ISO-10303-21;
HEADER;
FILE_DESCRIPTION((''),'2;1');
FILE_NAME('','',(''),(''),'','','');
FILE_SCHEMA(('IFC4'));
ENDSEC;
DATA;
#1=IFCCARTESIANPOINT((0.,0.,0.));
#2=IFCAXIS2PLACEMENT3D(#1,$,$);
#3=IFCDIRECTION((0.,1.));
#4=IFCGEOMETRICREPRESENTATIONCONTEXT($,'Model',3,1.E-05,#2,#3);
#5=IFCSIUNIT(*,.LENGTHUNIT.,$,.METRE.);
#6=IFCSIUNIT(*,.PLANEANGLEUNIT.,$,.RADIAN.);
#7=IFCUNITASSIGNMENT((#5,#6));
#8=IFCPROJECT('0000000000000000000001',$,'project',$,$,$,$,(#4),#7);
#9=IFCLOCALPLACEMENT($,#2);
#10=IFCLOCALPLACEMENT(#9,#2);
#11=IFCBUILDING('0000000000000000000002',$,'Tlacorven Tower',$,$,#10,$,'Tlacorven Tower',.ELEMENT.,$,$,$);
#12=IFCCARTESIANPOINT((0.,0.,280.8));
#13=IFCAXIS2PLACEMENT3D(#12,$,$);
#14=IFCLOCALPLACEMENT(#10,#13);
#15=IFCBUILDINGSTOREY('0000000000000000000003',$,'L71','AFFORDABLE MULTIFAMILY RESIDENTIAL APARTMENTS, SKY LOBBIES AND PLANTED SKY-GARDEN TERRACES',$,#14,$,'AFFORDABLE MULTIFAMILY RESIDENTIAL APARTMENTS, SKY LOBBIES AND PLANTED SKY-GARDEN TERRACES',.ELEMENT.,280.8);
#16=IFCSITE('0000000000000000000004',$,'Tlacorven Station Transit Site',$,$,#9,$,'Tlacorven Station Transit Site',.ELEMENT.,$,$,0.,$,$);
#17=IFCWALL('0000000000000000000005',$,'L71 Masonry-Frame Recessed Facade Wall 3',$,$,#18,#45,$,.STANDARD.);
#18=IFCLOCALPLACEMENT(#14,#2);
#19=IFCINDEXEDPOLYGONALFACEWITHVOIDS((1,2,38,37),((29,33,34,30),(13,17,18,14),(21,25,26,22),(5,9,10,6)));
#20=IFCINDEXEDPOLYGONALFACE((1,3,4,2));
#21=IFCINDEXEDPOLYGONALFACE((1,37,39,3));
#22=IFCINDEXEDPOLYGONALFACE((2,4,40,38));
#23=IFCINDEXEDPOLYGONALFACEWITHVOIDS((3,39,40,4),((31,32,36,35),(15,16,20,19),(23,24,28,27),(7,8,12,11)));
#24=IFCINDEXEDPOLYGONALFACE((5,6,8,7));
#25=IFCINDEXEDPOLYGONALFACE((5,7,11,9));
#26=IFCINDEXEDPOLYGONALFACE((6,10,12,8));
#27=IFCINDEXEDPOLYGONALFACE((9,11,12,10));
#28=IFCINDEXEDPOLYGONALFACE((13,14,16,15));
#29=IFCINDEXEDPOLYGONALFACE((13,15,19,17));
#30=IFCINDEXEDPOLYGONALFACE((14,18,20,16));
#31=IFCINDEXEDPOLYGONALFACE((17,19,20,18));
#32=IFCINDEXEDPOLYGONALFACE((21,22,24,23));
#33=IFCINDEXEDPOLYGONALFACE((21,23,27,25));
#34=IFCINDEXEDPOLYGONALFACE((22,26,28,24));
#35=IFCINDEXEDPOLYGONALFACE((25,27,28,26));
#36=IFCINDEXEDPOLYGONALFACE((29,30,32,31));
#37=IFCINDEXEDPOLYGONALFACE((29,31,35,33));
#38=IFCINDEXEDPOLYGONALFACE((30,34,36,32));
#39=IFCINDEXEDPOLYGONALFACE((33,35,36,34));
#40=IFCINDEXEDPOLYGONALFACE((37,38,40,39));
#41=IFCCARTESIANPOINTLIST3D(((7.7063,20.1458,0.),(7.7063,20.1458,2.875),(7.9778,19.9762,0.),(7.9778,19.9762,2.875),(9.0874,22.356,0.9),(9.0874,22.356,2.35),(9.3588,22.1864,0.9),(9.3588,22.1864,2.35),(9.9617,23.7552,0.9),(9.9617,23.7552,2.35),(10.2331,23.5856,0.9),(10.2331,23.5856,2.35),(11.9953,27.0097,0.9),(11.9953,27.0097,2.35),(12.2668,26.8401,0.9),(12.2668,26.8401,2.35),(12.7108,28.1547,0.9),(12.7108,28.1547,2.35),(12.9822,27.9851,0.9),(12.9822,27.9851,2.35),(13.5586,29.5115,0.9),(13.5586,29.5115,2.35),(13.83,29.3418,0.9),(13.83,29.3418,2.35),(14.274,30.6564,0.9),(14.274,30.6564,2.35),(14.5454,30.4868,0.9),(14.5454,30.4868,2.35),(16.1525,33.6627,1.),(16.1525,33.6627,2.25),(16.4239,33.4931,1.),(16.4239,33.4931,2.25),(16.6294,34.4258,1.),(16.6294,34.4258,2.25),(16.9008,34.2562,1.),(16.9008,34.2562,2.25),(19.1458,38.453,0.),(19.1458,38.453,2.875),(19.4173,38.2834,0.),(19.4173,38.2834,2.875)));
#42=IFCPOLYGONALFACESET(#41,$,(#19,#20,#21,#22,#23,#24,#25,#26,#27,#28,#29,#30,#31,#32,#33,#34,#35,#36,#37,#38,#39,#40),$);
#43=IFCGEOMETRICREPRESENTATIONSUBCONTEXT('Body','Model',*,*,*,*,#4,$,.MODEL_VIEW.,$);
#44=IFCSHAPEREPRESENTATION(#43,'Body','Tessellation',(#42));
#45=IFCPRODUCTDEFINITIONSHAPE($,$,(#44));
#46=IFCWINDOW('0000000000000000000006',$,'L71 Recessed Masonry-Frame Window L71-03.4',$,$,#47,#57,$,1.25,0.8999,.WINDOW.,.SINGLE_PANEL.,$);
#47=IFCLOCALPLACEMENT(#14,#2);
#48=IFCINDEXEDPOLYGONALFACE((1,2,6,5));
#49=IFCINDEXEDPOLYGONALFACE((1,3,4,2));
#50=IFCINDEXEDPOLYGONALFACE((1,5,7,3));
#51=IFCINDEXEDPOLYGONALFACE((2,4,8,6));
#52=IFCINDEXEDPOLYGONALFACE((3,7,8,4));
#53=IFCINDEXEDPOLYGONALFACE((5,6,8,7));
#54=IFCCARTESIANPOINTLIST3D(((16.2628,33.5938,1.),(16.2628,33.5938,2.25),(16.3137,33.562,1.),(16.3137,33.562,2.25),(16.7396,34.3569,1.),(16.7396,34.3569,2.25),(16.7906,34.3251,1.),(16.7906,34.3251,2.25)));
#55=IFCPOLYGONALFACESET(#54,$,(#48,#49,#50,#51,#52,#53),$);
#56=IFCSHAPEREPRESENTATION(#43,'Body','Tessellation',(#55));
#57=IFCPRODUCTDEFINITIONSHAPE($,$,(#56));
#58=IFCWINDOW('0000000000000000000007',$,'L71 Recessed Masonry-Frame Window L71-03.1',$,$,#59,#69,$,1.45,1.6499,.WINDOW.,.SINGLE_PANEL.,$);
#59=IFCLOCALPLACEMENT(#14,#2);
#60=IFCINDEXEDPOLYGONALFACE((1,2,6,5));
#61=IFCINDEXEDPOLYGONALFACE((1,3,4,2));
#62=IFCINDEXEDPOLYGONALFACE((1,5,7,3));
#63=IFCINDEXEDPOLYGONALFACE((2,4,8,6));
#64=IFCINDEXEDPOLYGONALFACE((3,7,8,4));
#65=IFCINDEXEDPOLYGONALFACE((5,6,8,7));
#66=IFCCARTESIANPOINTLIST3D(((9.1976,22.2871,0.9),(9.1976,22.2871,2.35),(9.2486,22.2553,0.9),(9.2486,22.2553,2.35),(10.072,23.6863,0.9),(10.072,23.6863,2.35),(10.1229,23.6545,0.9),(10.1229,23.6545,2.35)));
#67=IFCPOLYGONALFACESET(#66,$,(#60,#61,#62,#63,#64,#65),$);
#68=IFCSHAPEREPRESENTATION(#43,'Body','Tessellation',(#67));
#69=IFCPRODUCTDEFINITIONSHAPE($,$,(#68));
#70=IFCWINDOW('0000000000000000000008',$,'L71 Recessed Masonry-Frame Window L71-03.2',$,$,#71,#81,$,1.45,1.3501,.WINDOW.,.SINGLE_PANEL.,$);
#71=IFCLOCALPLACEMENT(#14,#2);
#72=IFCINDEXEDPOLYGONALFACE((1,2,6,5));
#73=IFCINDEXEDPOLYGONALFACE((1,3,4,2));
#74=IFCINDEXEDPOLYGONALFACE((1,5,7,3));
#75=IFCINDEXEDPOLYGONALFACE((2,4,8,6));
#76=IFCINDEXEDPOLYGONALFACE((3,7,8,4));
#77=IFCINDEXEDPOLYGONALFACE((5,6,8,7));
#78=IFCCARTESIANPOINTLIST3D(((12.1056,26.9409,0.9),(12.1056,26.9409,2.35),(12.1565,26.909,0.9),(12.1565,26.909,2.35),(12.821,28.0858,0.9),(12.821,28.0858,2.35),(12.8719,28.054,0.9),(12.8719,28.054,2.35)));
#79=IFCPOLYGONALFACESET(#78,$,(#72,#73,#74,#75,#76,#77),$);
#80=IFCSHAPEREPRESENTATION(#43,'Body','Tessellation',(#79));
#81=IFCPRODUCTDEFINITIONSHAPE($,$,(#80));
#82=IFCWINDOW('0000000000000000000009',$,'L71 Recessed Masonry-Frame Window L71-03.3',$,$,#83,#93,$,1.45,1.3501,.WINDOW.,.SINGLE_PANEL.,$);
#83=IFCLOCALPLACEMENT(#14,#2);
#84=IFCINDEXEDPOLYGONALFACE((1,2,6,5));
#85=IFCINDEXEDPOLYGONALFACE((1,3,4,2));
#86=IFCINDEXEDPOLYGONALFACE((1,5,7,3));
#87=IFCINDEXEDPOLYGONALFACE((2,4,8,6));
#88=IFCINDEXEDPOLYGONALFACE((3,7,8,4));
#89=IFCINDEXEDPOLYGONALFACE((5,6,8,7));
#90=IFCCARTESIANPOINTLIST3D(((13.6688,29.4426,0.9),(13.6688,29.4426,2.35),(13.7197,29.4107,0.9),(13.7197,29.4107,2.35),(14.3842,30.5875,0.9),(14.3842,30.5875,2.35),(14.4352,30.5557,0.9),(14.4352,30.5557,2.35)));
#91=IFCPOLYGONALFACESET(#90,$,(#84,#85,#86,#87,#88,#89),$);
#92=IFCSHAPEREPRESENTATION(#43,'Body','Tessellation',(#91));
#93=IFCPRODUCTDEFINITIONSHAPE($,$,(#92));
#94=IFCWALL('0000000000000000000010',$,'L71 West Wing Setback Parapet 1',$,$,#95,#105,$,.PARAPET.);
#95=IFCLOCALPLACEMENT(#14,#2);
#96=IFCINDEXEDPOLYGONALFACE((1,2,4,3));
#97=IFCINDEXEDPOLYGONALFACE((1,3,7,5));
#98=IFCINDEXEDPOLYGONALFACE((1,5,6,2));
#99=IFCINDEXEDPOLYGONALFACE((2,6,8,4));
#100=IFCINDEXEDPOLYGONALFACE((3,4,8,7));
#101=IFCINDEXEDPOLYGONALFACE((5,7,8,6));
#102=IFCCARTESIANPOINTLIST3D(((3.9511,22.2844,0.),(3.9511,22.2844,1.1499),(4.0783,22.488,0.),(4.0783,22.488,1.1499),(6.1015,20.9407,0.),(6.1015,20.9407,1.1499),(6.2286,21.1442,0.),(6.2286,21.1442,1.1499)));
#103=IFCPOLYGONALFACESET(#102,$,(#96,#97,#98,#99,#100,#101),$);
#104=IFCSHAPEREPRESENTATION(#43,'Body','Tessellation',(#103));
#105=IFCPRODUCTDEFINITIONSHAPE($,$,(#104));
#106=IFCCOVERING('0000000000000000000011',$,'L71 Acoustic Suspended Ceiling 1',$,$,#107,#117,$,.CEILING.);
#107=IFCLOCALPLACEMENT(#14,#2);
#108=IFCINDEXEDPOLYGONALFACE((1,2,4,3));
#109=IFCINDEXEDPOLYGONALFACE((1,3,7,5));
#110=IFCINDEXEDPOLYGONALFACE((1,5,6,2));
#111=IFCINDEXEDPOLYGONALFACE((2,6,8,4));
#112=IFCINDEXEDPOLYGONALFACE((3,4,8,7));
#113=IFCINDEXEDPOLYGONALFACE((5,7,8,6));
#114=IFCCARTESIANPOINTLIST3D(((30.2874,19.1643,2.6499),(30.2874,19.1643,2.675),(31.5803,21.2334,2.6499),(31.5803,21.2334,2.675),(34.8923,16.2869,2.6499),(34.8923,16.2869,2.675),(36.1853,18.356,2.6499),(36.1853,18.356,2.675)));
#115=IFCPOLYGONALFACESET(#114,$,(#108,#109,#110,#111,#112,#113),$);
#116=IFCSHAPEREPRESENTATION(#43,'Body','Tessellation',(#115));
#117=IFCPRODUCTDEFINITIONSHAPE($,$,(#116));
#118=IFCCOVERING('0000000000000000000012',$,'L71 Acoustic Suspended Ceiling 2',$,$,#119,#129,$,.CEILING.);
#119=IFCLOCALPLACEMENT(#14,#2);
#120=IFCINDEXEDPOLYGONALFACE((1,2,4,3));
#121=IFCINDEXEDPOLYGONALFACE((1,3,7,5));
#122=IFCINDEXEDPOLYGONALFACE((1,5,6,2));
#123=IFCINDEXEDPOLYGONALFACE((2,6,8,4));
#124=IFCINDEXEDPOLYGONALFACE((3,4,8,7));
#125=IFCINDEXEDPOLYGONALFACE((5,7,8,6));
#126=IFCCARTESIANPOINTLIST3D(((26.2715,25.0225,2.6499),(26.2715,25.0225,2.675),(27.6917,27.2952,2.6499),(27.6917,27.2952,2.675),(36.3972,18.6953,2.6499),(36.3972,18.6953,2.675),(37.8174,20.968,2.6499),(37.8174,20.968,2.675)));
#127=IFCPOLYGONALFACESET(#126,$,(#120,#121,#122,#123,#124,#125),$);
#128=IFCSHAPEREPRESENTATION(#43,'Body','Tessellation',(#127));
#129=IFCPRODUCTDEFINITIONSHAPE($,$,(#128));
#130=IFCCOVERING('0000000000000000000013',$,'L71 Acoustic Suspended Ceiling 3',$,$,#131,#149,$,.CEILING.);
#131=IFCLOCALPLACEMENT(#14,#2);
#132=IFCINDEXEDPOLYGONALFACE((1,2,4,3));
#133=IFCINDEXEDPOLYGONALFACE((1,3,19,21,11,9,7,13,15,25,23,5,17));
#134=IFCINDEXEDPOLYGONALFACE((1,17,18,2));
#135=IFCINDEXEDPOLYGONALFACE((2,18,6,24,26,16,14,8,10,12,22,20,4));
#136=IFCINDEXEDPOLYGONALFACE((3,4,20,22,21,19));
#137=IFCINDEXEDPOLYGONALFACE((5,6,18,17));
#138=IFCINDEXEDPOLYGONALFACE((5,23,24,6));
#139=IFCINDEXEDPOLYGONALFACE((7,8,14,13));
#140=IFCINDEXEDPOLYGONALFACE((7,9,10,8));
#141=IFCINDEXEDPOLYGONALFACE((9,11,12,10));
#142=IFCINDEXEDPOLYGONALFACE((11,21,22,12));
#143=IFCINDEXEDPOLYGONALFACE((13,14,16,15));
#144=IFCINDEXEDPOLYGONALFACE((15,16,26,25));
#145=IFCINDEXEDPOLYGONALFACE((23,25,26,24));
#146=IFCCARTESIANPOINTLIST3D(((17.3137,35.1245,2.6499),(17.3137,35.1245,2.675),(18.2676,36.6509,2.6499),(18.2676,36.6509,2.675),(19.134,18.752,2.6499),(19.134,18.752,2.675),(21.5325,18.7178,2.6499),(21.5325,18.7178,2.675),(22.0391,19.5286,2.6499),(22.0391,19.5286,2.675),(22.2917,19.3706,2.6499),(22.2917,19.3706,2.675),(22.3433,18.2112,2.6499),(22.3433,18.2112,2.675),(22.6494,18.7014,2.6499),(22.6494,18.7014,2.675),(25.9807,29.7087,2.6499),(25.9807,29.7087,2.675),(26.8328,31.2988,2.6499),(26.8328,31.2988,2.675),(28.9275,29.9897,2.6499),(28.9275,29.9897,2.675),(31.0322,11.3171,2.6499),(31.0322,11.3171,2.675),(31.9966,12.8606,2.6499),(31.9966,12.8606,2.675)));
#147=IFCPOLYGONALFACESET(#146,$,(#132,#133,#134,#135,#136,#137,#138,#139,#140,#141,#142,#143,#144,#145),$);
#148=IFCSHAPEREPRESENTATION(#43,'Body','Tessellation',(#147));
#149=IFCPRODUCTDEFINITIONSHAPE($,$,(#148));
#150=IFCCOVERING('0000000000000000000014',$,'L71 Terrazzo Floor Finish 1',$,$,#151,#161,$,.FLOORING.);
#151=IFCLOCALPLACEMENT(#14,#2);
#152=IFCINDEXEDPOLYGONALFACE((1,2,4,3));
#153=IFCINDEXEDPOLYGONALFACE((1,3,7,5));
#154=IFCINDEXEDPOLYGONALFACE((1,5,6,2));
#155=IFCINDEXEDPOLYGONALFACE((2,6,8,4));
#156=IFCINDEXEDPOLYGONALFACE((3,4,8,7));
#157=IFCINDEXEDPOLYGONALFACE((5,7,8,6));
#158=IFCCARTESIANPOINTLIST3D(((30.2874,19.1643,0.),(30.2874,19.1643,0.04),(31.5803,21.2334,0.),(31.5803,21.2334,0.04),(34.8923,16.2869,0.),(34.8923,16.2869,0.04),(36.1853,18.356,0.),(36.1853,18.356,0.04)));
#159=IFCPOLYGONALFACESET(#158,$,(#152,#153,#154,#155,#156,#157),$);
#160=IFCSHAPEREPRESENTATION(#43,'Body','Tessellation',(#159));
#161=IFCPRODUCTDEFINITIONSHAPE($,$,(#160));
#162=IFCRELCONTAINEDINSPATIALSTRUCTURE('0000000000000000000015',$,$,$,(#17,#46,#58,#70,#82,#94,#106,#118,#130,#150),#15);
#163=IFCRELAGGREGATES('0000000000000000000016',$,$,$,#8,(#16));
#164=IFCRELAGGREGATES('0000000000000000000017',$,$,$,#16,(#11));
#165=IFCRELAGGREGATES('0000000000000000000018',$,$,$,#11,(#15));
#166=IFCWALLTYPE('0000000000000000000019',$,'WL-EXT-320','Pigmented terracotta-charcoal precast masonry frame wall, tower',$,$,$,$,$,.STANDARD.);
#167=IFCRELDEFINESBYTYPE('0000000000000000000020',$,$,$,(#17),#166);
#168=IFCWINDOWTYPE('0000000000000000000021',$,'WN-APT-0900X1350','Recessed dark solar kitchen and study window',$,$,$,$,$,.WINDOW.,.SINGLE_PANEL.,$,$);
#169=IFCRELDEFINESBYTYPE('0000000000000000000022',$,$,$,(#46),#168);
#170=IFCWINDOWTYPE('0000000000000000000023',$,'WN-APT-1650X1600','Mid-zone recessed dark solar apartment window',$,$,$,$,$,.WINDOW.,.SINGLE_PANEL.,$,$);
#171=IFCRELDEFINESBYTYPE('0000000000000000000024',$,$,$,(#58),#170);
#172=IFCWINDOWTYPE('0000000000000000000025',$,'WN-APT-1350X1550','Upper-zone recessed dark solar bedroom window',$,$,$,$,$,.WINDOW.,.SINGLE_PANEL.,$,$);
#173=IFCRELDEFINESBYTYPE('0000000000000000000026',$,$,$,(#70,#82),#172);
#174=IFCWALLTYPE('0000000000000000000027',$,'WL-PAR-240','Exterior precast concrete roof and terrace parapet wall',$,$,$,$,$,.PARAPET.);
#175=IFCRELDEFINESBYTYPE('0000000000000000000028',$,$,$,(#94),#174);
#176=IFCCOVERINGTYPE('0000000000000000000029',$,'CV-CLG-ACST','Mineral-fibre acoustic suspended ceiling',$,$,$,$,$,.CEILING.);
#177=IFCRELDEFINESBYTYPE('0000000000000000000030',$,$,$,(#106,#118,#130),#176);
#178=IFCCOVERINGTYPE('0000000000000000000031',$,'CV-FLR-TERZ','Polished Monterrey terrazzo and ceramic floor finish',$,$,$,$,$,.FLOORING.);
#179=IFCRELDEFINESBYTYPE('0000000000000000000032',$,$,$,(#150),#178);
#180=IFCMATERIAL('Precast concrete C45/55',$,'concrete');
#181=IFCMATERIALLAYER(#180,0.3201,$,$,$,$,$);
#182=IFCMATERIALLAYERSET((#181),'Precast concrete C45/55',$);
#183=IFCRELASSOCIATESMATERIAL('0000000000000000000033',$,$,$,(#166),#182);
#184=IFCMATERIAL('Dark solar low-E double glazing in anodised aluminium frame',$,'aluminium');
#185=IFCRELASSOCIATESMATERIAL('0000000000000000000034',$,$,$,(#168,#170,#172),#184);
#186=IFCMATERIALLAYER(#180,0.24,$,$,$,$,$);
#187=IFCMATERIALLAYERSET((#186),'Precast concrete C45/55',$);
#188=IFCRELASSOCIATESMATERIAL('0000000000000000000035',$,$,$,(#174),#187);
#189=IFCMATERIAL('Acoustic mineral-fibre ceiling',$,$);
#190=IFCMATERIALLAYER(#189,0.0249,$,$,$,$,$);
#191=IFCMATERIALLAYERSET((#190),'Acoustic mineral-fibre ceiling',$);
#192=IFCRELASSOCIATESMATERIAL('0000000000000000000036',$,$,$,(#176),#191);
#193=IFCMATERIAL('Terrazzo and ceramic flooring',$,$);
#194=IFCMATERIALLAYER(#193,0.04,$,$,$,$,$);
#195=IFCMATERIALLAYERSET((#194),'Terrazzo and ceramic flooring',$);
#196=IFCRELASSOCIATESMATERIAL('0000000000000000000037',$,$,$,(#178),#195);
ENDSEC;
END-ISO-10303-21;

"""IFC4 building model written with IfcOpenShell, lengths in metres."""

from ifc_helpers import new_model, si_unit, direction, frame, frame_2d, origin, place, context, subcontext, project, spatial, polyline, rectangle, outline, extrude, source, transform, mapped, material, layer, layer_set, type_object, element, fill, save


model = new_model("IFC4")

# Units and contexts
model_context = context("Model", 3, precision=1e-05, world=origin(), true_north=direction((0.0, 1.0)))
body_context = subcontext(model_context, "Body", "Model", "MODEL_VIEW")
ifc_project = project(units=[si_unit("LENGTHUNIT", "METRE"), si_unit("PLANEANGLEUNIT", "RADIAN")], contexts=[model_context])

# Site, building, storey
site_placement = place(None, origin())
site = spatial("IfcSite", under=ifc_project, at=site_placement, Name="Tlacorven Station Transit Site", LongName="Tlacorven Station Transit Site", CompositionType="ELEMENT", RefElevation=0.0)
building_placement = place(site_placement, origin())
building = spatial("IfcBuilding", under=site, at=building_placement, Name="Tlacorven Tower", LongName="Tlacorven Tower", CompositionType="ELEMENT")
storey_placement = place(building_placement, frame((0.0, 0.0, 280.8)))
storey = spatial("IfcBuildingStorey", under=building, at=storey_placement, Name="L71", Description="AFFORDABLE MULTIFAMILY RESIDENTIAL APARTMENTS, SKY LOBBIES AND PLANTED SKY-GARDEN TERRACES", LongName="AFFORDABLE MULTIFAMILY RESIDENTIAL APARTMENTS, SKY LOBBIES AND PLANTED SKY-GARDEN TERRACES", CompositionType="ELEMENT", Elevation=280.8)

# Shared definitions
ifc_material_1 = material(Name="Precast concrete C45/55", Category="concrete")

# Wall, openings, windows
ifc_layer_1 = layer(ifc_material_1, 0.3201)
ifc_layer_set_1 = layer_set([ifc_layer_1], Name="Precast concrete C45/55")
wall_type_1 = type_object("IfcWallType", Name="WL-EXT-320", Description="Pigmented terracotta-charcoal precast masonry frame wall, tower", PredefinedType="STANDARD", material=ifc_layer_set_1)
wall_1_placement = place(storey_placement, frame((7.842, 20.061, 0.0), z_axis=(0.0, 0.0, 1.0), x_axis=(0.529916, 0.84805, 0.0)))
wall_1 = element("IfcWall", 1, at=wall_1_placement, inside=storey, type_object=wall_type_1, Name="L71 Masonry-Frame Recessed Facade Wall 3", PredefinedType="STANDARD", context=body_context, shape_type="SweptSolid", body=[
    extrude(rectangle(XDim=21.5874, YDim=0.3201, at=frame_2d((10.7937, 0.0))), origin(), (0.0, 0.0, 1.0), 2.875),
])
opening_1_placement = place(wall_1_placement, frame((2.6062, 0.0, 0.8999)))
opening_1 = element("IfcOpeningElement", 2, at=opening_1_placement, cuts=wall_1, PredefinedType="OPENING", context=body_context, shape_type="SweptSolid", body=[
    extrude(rectangle(XDim=1.6499, YDim=1.45, at=frame_2d((0.825, 0.7251))), frame((0.0, 0.1699, 0.0), z_axis=(0.0, -1.0, 0.0), x_axis=(1.0, 0.0, 0.0)), (0.0, 0.0, 1.0), 0.3401),
])
opening_2_placement = place(wall_1_placement, frame((8.0938, 0.0, 0.8999)))
opening_2 = element("IfcOpeningElement", 3, at=opening_2_placement, cuts=wall_1, PredefinedType="OPENING", context=body_context, shape_type="SweptSolid", body=[
    extrude(rectangle(XDim=1.3501, YDim=1.45, at=frame_2d((0.675, 0.7251))), frame((0.0, 0.1699, 0.0), z_axis=(0.0, -1.0, 0.0), x_axis=(1.0, 0.0, 0.0)), (0.0, 0.0, 1.0), 0.3401),
])
opening_3_placement = place(wall_1_placement, frame((11.0437, 0.0, 0.8999)))
opening_3 = element("IfcOpeningElement", 4, at=opening_3_placement, cuts=wall_1, PredefinedType="OPENING", context=body_context, shape_type="SweptSolid", body=[
    extrude(rectangle(XDim=1.3501, YDim=1.45, at=frame_2d((0.675, 0.7251))), frame((0.0, 0.1699, 0.0), z_axis=(0.0, -1.0, 0.0), x_axis=(1.0, 0.0, 0.0)), (0.0, 0.0, 1.0), 0.3401),
])
opening_4_placement = place(wall_1_placement, frame((15.9387, 0.0, 1.0)))
opening_4 = element("IfcOpeningElement", 5, at=opening_4_placement, cuts=wall_1, PredefinedType="OPENING", context=body_context, shape_type="SweptSolid", body=[
    extrude(rectangle(XDim=0.8999, YDim=1.25, at=frame_2d((0.45, 0.625))), frame((0.0, 0.1699, 0.0), z_axis=(0.0, -1.0, 0.0), x_axis=(1.0, 0.0, 0.0)), (0.0, 0.0, 1.0), 0.3401),
])
ifc_material_2 = material(Name="Dark solar low-E double glazing in anodised aluminium frame", Category="aluminium")
window_type_1 = type_object("IfcWindowType", Name="WN-APT-0900X1350", Description="Recessed dark solar kitchen and study window", PartitioningType="SINGLE_PANEL", PredefinedType="WINDOW", material=ifc_material_2)
shared_shape_1 = source(origin(), body_context, "Body", "SweptSolid", [
    extrude(rectangle(XDim=0.8999, YDim=1.25, at=frame_2d((0.45, 0.625))), frame((0.0, 0.03, 0.0), z_axis=(0.0, -1.0, 0.0), x_axis=(1.0, 0.0, 0.0)), (0.0, 0.0, 1.0), 0.0601),
])
window_1_placement = place(opening_4_placement, origin())
window_1 = element("IfcWindow", 6, at=window_1_placement, inside=storey, type_object=window_type_1, Name="L71 Recessed Masonry-Frame Window L71-03.4", OverallHeight=1.25, OverallWidth=0.8999, PartitioningType="SINGLE_PANEL", PredefinedType="WINDOW", context=body_context, shape_type="MappedRepresentation", body=[
    mapped(shared_shape_1, transform((0.0, 0.0, 0.0), scale=1.0)),
])
fill(opening_4, window_1)
window_type_2 = type_object("IfcWindowType", Name="WN-APT-1650X1600", Description="Mid-zone recessed dark solar apartment window", PartitioningType="SINGLE_PANEL", PredefinedType="WINDOW", material=ifc_material_2)
shared_shape_2 = source(origin(), body_context, "Body", "SweptSolid", [
    extrude(rectangle(XDim=1.6499, YDim=1.45, at=frame_2d((0.825, 0.7251))), frame((0.0, 0.03, 0.0), z_axis=(0.0, -1.0, 0.0), x_axis=(1.0, 0.0, 0.0)), (0.0, 0.0, 1.0), 0.0601),
])
window_2_placement = place(opening_1_placement, origin())
window_2 = element("IfcWindow", 7, at=window_2_placement, inside=storey, type_object=window_type_2, Name="L71 Recessed Masonry-Frame Window L71-03.1", OverallHeight=1.45, OverallWidth=1.6499, PartitioningType="SINGLE_PANEL", PredefinedType="WINDOW", context=body_context, shape_type="MappedRepresentation", body=[
    mapped(shared_shape_2, transform((0.0, 0.0, 0.0), scale=1.0)),
])
fill(opening_1, window_2)
window_type_3 = type_object("IfcWindowType", Name="WN-APT-1350X1550", Description="Upper-zone recessed dark solar bedroom window", PartitioningType="SINGLE_PANEL", PredefinedType="WINDOW", material=ifc_material_2)
shared_shape_3 = source(origin(), body_context, "Body", "SweptSolid", [
    extrude(rectangle(XDim=1.3501, YDim=1.45, at=frame_2d((0.675, 0.7251))), frame((0.0, 0.03, 0.0), z_axis=(0.0, -1.0, 0.0), x_axis=(1.0, 0.0, 0.0)), (0.0, 0.0, 1.0), 0.0601),
])
window_3_placement = place(opening_2_placement, origin())
window_3 = element("IfcWindow", 8, at=window_3_placement, inside=storey, type_object=window_type_3, Name="L71 Recessed Masonry-Frame Window L71-03.2", OverallHeight=1.45, OverallWidth=1.3501, PartitioningType="SINGLE_PANEL", PredefinedType="WINDOW", context=body_context, shape_type="MappedRepresentation", body=[
    mapped(shared_shape_3, transform((0.0, 0.0, 0.0), scale=1.0)),
])
fill(opening_2, window_3)
window_4_placement = place(opening_3_placement, origin())
window_4 = element("IfcWindow", 9, at=window_4_placement, inside=storey, type_object=window_type_3, Name="L71 Recessed Masonry-Frame Window L71-03.3", OverallHeight=1.45, OverallWidth=1.3501, PartitioningType="SINGLE_PANEL", PredefinedType="WINDOW", context=body_context, shape_type="MappedRepresentation", body=[
    mapped(shared_shape_3, transform((0.0, 0.0, 0.0), scale=1.0)),
])
fill(opening_3, window_4)

# Wall
ifc_layer_2 = layer(ifc_material_1, 0.24)
ifc_layer_set_2 = layer_set([ifc_layer_2], Name="Precast concrete C45/55")
wall_type_2 = type_object("IfcWallType", Name="WL-PAR-240", Description="Exterior precast concrete roof and terrace parapet wall", PredefinedType="PARAPET", material=ifc_layer_set_2)
wall_2_placement = place(storey_placement, frame((6.165, 21.0425, 0.0), z_axis=(0.0, 0.0, 1.0), x_axis=(-0.848042, 0.52993, 0.0)))
element("IfcWall", 10, at=wall_2_placement, inside=storey, type_object=wall_type_2, Name="L71 West Wing Setback Parapet 1", PredefinedType="PARAPET", context=body_context, shape_type="SweptSolid", body=[
    extrude(rectangle(XDim=2.5356, YDim=0.24, at=frame_2d((1.2678, 0.0))), origin(), (0.0, 0.0, 1.0), 1.1499),
])

# Coverings
ifc_material_3 = material(Name="Acoustic mineral-fibre ceiling")
ifc_layer_3 = layer(ifc_material_3, 0.0249)
ifc_layer_set_3 = layer_set([ifc_layer_3], Name="Acoustic mineral-fibre ceiling")
covering_type_1 = type_object("IfcCoveringType", Name="CV-CLG-ACST", Description="Mineral-fibre acoustic suspended ceiling", PredefinedType="CEILING", material=ifc_layer_set_3)
covering_1_placement = place(storey_placement, frame((0.0, 0.0, 2.6499)))
element("IfcCovering", 11, at=covering_1_placement, inside=storey, type_object=covering_type_1, Name="L71 Acoustic Suspended Ceiling 1", PredefinedType="CEILING", context=body_context, shape_type="SweptSolid", body=[
    extrude(outline(polyline([(36.1853, 18.356), (34.8923, 16.2869), (30.2874, 19.1643), (31.5803, 21.2334), (36.1853, 18.356)])), origin(), (0.0, 0.0, 1.0), 0.0251),
])
covering_2_placement = place(storey_placement, frame((0.0, 0.0, 2.6499)))
element("IfcCovering", 12, at=covering_2_placement, inside=storey, type_object=covering_type_1, Name="L71 Acoustic Suspended Ceiling 2", PredefinedType="CEILING", context=body_context, shape_type="SweptSolid", body=[
    extrude(outline(polyline([(37.8174, 20.968), (36.3972, 18.6953), (26.2715, 25.0225), (27.6917, 27.2952), (37.8174, 20.968)])), origin(), (0.0, 0.0, 1.0), 0.0251),
])
covering_3_placement = place(storey_placement, frame((0.0, 0.0, 2.6499)))
element("IfcCovering", 13, at=covering_3_placement, inside=storey, type_object=covering_type_1, Name="L71 Acoustic Suspended Ceiling 3", PredefinedType="CEILING", context=body_context, shape_type="SweptSolid", body=[
    extrude(outline(polyline([(19.134, 18.752), (25.9807, 29.7087), (17.3137, 35.1245), (18.2676, 36.6509), (26.8328, 31.2988), (28.9275, 29.9897), (22.2917, 19.3706), (22.0391, 19.5286), (21.5325, 18.7178), (22.3433, 18.2112), (22.6494, 18.7014), (31.9966, 12.8606), (31.0322, 11.3171), (19.134, 18.752)])), origin(), (0.0, 0.0, 1.0), 0.0251),
])
ifc_material_4 = material(Name="Terrazzo and ceramic flooring")
ifc_layer_4 = layer(ifc_material_4, 0.04)
ifc_layer_set_4 = layer_set([ifc_layer_4], Name="Terrazzo and ceramic flooring")
covering_type_2 = type_object("IfcCoveringType", Name="CV-FLR-TERZ", Description="Polished Monterrey terrazzo and ceramic floor finish", PredefinedType="FLOORING", material=ifc_layer_set_4)
covering_4_placement = place(storey_placement, origin())
element("IfcCovering", 14, at=covering_4_placement, inside=storey, type_object=covering_type_2, Name="L71 Terrazzo Floor Finish 1", PredefinedType="FLOORING", context=body_context, shape_type="SweptSolid", body=[
    extrude(outline(polyline([(36.1853, 18.356), (34.8923, 16.2869), (30.2874, 19.1643), (31.5803, 21.2334), (36.1853, 18.356)])), origin(), (0.0, 0.0, 1.0), 0.04),
])

save(model, "model.ifc")
